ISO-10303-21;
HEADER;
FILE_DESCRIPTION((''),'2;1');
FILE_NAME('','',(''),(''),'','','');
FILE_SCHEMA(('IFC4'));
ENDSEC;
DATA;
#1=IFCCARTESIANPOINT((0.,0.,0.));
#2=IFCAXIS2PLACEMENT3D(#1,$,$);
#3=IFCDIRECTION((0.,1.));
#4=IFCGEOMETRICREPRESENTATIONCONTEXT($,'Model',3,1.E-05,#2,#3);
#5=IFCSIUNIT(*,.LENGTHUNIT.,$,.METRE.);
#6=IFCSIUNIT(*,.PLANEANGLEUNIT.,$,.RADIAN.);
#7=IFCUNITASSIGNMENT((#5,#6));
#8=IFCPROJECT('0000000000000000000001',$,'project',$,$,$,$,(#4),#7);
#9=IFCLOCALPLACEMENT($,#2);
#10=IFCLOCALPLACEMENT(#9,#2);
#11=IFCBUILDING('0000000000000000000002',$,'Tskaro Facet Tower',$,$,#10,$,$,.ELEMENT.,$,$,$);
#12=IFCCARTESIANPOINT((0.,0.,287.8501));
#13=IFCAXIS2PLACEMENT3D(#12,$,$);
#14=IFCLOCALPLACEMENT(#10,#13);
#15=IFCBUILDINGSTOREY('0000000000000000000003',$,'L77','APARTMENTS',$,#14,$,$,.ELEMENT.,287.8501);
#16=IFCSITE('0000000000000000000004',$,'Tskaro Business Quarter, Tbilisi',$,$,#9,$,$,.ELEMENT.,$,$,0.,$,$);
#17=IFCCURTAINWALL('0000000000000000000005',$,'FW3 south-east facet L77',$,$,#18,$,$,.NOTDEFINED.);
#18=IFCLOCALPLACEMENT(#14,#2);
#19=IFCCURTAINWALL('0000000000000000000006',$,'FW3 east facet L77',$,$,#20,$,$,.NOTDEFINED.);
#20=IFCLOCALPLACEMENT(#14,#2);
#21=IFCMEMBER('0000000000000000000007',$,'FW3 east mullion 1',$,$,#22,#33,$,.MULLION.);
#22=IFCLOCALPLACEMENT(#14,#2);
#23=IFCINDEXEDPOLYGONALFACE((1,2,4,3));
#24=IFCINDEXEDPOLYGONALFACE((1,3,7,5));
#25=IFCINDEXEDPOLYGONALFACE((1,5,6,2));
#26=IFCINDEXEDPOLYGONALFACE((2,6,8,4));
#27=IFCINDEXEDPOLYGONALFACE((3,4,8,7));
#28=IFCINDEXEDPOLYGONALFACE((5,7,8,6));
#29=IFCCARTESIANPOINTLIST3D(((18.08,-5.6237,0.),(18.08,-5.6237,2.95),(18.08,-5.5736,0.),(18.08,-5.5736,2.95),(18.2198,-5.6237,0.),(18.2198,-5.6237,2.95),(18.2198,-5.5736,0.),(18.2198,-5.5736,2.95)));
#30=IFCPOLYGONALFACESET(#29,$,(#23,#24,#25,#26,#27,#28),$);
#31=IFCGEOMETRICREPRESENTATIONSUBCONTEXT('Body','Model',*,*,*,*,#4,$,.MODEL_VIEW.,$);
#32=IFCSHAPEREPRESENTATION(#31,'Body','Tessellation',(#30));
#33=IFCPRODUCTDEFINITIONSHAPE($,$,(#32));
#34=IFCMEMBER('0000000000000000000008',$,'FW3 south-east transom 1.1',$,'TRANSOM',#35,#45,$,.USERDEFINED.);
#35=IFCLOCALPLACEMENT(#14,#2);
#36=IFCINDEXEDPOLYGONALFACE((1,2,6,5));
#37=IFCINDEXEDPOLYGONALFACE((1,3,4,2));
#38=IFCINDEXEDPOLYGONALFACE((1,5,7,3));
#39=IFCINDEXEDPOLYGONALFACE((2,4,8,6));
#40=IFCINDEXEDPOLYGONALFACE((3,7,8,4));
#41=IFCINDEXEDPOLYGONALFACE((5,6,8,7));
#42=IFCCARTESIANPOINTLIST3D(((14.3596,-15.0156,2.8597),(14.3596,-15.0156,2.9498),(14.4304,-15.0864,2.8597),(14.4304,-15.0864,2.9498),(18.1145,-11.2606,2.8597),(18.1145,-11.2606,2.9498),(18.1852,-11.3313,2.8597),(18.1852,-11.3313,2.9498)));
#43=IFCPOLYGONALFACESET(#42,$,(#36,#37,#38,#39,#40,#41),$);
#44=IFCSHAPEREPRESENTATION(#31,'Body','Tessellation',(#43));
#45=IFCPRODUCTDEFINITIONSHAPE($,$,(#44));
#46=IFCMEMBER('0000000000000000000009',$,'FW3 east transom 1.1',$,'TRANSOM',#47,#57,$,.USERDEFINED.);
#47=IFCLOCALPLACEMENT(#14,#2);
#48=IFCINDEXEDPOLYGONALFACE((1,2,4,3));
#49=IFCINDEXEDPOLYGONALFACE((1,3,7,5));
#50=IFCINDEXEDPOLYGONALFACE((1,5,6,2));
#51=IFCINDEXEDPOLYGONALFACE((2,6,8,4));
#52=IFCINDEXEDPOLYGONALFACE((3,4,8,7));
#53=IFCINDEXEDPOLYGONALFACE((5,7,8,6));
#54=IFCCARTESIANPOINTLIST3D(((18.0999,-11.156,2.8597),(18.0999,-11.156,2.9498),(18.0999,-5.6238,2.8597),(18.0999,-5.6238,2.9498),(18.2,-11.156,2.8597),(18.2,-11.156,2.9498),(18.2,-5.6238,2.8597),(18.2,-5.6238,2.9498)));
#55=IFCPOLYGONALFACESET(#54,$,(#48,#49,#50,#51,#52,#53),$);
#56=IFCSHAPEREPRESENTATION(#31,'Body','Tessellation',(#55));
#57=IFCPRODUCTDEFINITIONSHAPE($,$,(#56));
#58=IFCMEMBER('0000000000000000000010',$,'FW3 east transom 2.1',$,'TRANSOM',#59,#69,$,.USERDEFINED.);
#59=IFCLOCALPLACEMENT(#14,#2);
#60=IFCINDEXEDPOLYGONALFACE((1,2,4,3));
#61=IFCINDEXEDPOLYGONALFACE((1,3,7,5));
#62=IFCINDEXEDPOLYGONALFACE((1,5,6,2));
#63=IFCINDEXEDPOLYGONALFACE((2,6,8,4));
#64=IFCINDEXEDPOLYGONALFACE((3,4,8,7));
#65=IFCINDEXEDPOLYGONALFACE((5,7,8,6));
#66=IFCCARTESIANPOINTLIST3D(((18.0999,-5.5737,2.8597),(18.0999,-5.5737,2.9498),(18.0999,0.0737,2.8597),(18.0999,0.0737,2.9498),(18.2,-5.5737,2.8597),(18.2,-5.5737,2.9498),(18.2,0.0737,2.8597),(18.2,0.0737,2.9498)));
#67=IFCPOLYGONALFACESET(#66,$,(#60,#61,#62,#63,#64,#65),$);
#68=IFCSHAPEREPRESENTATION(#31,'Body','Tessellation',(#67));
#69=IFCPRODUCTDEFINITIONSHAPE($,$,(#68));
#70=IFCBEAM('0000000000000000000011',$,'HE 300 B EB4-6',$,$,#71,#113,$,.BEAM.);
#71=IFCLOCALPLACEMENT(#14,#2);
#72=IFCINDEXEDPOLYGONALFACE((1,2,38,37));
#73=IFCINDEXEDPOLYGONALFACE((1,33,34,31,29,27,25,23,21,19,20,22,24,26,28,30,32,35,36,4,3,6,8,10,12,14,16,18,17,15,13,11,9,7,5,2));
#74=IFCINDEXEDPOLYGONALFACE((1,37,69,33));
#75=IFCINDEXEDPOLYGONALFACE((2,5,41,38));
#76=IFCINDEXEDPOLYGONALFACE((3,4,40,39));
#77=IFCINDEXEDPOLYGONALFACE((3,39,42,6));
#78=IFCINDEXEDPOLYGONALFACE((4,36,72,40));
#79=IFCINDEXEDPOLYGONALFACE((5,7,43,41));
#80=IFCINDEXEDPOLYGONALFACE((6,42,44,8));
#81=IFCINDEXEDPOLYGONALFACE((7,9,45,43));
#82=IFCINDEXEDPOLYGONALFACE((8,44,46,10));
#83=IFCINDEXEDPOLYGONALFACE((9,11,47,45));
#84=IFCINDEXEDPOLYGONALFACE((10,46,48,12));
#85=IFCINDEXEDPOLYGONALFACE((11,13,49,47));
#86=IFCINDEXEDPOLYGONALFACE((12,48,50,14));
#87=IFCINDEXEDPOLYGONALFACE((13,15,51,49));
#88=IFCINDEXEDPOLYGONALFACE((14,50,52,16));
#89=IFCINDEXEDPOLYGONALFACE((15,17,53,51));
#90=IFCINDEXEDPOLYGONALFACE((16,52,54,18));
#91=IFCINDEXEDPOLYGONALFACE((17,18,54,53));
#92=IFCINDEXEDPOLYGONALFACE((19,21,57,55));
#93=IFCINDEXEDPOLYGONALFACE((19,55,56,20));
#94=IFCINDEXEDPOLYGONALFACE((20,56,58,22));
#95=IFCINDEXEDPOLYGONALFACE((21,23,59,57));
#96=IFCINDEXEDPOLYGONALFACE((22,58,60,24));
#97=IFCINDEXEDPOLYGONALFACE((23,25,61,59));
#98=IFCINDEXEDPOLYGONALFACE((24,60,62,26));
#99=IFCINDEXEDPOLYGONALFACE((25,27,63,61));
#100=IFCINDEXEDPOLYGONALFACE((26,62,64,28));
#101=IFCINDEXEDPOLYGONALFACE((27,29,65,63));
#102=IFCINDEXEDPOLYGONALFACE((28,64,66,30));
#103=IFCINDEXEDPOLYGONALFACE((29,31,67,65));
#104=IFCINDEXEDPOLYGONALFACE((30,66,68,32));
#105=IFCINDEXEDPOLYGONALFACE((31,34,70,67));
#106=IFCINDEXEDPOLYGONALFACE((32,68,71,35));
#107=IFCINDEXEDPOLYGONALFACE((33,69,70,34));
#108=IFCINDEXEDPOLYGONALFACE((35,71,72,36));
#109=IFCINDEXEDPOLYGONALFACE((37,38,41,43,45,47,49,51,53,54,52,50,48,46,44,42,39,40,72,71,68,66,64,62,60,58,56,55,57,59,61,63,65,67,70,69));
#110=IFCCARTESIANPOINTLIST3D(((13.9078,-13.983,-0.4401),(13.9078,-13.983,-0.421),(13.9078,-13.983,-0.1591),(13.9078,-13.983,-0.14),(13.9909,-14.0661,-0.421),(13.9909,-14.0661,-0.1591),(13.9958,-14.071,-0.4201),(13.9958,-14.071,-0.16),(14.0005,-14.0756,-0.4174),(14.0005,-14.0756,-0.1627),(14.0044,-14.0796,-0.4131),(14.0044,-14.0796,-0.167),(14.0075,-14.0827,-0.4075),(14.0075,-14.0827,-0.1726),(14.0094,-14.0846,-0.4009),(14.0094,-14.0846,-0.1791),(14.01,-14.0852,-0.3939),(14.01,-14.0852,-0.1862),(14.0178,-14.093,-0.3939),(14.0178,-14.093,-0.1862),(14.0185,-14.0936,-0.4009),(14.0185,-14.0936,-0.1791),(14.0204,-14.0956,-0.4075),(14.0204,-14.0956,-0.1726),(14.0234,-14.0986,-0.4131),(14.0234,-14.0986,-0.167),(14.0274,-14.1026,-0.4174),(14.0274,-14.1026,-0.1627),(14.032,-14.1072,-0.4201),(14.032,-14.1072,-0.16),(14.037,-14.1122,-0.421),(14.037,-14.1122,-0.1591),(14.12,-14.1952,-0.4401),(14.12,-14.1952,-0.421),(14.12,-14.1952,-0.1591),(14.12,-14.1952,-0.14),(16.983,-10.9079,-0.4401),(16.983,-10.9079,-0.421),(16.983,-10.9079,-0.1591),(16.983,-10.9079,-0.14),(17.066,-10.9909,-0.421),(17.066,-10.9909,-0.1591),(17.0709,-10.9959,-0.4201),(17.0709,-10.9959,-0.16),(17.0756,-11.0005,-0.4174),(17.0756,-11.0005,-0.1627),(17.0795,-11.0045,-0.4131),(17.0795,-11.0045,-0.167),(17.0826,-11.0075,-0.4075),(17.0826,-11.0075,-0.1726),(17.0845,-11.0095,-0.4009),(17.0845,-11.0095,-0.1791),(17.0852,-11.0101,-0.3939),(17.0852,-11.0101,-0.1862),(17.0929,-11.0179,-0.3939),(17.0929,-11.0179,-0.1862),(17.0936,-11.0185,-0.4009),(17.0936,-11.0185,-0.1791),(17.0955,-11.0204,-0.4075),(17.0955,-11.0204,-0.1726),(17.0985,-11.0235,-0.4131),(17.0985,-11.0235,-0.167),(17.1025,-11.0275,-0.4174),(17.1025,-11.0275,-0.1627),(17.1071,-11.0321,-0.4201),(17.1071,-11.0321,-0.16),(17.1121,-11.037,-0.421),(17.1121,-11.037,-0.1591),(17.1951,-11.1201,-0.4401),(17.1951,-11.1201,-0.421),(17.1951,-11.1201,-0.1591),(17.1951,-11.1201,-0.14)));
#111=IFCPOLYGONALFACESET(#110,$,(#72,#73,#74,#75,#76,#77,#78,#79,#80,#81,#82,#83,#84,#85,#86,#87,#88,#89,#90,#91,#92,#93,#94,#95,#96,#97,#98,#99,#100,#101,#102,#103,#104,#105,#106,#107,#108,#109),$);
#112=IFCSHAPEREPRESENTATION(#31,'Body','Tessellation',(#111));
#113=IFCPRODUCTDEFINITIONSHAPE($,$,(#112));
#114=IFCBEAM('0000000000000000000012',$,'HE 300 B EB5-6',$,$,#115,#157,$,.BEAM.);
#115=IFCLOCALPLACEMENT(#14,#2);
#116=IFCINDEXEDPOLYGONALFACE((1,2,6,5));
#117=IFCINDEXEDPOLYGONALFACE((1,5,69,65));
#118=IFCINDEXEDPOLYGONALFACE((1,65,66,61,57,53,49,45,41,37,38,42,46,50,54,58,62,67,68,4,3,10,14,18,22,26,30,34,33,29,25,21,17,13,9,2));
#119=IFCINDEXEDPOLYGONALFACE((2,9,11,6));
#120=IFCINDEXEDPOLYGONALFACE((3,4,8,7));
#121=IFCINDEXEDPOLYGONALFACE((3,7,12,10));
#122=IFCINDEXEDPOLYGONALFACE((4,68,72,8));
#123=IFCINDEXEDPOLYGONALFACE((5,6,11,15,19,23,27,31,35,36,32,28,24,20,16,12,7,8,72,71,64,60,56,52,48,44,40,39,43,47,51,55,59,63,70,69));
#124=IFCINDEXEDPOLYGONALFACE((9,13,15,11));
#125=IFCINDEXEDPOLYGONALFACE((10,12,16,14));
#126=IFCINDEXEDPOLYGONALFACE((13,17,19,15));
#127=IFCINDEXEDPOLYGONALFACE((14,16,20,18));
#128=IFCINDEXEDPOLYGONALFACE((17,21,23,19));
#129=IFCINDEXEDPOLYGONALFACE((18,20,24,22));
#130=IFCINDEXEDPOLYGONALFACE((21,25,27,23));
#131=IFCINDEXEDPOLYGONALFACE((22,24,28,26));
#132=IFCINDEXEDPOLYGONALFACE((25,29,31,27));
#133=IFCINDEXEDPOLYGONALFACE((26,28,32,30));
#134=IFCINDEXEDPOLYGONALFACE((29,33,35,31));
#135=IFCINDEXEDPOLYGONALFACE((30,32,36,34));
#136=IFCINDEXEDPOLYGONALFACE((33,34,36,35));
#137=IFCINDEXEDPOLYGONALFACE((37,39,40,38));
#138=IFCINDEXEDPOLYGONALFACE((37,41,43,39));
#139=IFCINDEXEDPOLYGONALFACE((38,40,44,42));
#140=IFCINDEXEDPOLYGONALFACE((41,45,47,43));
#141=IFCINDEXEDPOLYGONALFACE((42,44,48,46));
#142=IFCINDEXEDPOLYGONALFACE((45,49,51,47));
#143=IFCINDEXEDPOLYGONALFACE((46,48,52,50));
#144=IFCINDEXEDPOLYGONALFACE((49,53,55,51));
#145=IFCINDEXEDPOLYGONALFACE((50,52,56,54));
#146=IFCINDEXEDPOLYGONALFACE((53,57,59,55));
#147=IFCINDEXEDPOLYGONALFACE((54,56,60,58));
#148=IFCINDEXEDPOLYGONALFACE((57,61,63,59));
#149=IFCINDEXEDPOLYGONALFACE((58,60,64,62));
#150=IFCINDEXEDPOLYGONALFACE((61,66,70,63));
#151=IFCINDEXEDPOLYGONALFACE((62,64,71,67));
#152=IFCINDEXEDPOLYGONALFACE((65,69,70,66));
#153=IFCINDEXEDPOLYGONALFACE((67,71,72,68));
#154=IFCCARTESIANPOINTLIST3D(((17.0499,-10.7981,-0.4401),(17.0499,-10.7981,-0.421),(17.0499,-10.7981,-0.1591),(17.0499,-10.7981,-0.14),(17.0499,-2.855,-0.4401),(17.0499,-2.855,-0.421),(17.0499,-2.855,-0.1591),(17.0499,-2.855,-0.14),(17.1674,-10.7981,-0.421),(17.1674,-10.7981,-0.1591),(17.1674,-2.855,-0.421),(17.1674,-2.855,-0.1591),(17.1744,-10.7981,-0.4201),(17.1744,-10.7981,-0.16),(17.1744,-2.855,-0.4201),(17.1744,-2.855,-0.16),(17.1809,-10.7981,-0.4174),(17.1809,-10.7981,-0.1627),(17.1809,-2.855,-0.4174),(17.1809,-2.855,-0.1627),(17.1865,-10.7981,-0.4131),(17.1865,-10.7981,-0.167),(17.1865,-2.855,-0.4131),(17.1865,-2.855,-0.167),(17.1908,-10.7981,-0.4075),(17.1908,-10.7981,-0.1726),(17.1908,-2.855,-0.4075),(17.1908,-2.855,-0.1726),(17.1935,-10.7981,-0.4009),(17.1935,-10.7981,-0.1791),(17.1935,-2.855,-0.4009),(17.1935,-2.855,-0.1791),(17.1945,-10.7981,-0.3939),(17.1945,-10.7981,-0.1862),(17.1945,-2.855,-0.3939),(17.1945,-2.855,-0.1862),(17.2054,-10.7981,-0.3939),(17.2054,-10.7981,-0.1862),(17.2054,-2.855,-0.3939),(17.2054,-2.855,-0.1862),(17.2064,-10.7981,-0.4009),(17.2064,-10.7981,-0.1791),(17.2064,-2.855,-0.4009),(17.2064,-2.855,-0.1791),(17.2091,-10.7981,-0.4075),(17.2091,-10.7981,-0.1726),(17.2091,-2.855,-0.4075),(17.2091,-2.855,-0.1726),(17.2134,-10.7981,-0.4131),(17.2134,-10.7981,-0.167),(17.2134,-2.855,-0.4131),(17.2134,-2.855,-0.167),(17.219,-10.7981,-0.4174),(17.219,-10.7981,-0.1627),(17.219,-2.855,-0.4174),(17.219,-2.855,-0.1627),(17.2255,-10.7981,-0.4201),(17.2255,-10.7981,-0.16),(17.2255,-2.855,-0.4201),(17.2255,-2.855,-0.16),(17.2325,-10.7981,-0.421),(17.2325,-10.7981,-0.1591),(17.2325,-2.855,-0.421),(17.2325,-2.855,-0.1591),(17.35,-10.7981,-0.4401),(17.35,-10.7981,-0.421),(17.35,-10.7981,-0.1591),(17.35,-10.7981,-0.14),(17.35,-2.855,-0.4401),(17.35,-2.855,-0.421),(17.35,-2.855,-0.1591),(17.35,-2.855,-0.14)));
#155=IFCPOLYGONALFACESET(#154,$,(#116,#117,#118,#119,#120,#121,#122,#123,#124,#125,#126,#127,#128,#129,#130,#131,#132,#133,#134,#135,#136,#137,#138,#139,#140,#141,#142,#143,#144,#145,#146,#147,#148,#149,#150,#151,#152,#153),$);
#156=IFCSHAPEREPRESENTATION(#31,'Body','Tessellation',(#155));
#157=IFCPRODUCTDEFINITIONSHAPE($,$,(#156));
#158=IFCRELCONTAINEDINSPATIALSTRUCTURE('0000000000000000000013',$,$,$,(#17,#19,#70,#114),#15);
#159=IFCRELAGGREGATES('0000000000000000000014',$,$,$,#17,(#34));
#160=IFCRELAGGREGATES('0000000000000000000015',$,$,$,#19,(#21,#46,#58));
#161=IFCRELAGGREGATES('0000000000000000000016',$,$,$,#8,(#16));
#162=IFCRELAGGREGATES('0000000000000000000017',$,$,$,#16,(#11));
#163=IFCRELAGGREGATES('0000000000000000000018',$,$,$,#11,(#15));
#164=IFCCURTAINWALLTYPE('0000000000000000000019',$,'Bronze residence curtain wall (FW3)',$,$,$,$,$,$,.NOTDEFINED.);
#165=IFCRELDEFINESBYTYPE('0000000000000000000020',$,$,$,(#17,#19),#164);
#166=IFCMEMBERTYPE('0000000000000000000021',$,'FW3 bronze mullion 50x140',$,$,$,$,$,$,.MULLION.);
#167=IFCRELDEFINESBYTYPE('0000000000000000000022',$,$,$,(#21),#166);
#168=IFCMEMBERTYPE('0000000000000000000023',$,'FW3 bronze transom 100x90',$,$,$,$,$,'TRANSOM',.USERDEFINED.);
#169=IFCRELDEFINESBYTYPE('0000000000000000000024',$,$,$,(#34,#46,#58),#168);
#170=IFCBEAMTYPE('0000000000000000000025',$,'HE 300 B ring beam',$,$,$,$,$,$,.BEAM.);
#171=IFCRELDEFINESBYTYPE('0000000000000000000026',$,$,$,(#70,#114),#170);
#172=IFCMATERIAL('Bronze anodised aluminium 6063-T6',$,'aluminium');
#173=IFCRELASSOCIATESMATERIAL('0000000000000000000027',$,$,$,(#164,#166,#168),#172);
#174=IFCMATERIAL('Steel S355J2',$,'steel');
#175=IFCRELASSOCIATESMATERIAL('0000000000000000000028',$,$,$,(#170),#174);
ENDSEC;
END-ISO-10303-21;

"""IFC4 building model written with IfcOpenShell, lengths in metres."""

from ifc_helpers import new_model, si_unit, direction, frame, origin, origin_2d, place, context, subcontext, project, spatial, rectangle, i_section, extrude, material, material_profile, profile_set, type_object, element, aggregate, save


model = new_model("IFC4")

# Units and contexts
model_context = context("Model", 3, precision=1e-05, world=origin(), true_north=direction((0.0, 1.0)))
body_context = subcontext(model_context, "Body", "Model", "MODEL_VIEW")
ifc_project = project(units=[si_unit("LENGTHUNIT", "METRE"), si_unit("PLANEANGLEUNIT", "RADIAN")], contexts=[model_context])

# Site, building, storey
site_placement = place(None, origin())
site = spatial("IfcSite", under=ifc_project, at=site_placement, Name="Tskaro Business Quarter, Tbilisi", CompositionType="ELEMENT", RefElevation=0.0)
building_placement = place(site_placement, origin())
building = spatial("IfcBuilding", under=site, at=building_placement, Name="Tskaro Facet Tower", CompositionType="ELEMENT")
storey_placement = place(building_placement, frame((0.0, 0.0, 287.8501)))
storey = spatial("IfcBuildingStorey", under=building, at=storey_placement, Name="L77", Description="APARTMENTS", CompositionType="ELEMENT", Elevation=287.8501)

# Shared definitions
ifc_material_1 = material(Name="Steel S355J2", Category="steel")

# Curtain wall
ifc_material_2 = material(Name="Bronze anodised aluminium 6063-T6", Category="aluminium")
curtain_wall_type = type_object("IfcCurtainWallType", Name="Bronze residence curtain wall (FW3)", PredefinedType="NOTDEFINED", material=ifc_material_2)
curtain_wall_1_placement = place(storey_placement, origin())
curtain_wall_1 = element("IfcCurtainWall", 1, at=curtain_wall_1_placement, inside=storey, type_object=curtain_wall_type, Name="FW3 south-east facet L77", PredefinedType="NOTDEFINED")

# Curtain wall, member
curtain_wall_2_placement = place(storey_placement, origin())
curtain_wall_2 = element("IfcCurtainWall", 2, at=curtain_wall_2_placement, inside=storey, type_object=curtain_wall_type, Name="FW3 east facet L77", PredefinedType="NOTDEFINED")
ifc_material_profile_1 = material_profile(ifc_material_2, rectangle(XDim=0.05, YDim=0.1399, at=origin_2d()), Name="Mullion 50x140")
ifc_profile_set_1 = profile_set([ifc_material_profile_1], Name="Bronze anodised aluminium 6063-T6")
member_type_1 = type_object("IfcMemberType", Name="FW3 bronze mullion 50x140", PredefinedType="MULLION", material=ifc_profile_set_1)
member_1_placement = place(storey_placement, frame((18.1499, -5.5986, 0.0), z_axis=(0.0, 0.0, 1.0), x_axis=(0.0, 1.0, 0.0)))
member_1 = element("IfcMember", 3, at=member_1_placement, type_object=member_type_1, Name="FW3 east mullion 1", PredefinedType="MULLION", context=body_context, shape_type="SweptSolid", body=[
    extrude(rectangle(XDim=0.05, YDim=0.1399, at=origin_2d()), origin(), (0.0, 0.0, 1.0), 2.95),
])

# Members
ifc_material_profile_2 = material_profile(ifc_material_2, rectangle(XDim=0.1001, YDim=0.0901, at=origin_2d()), Name="Transom 100x90")
ifc_profile_set_2 = profile_set([ifc_material_profile_2], Name="Bronze anodised aluminium 6063-T6")
member_type_2 = type_object("IfcMemberType", Name="FW3 bronze transom 100x90", ElementType="TRANSOM", PredefinedType="USERDEFINED", material=ifc_profile_set_2)
member_2_placement = place(storey_placement, frame((14.395, -15.051, 2.9048), z_axis=(0.707084, 0.70713, 0.0), x_axis=(-0.70713, 0.707084, 0.0)))
member_2 = element("IfcMember", 4, at=member_2_placement, type_object=member_type_2, Name="FW3 south-east transom 1.1", ObjectType="TRANSOM", PredefinedType="USERDEFINED", context=body_context, shape_type="SweptSolid", body=[
    extrude(rectangle(XDim=0.1001, YDim=0.0901, at=origin_2d()), origin(), (0.0, 0.0, 1.0), 5.3103),
])
member_3_placement = place(storey_placement, frame((18.1499, -11.156, 2.9048), z_axis=(0.0, 1.0, 0.0), x_axis=(-1.0, 0.0, 0.0)))
member_3 = element("IfcMember", 5, at=member_3_placement, type_object=member_type_2, Name="FW3 east transom 1.1", ObjectType="TRANSOM", PredefinedType="USERDEFINED", context=body_context, shape_type="SweptSolid", body=[
    extrude(rectangle(XDim=0.1001, YDim=0.0901, at=origin_2d()), origin(), (0.0, 0.0, 1.0), 5.5322),
])
member_4_placement = place(storey_placement, frame((18.1499, -5.5737, 2.9048), z_axis=(0.0, 1.0, 0.0), x_axis=(-1.0, 0.0, 0.0)))
member_4 = element("IfcMember", 6, at=member_4_placement, type_object=member_type_2, Name="FW3 east transom 2.1", ObjectType="TRANSOM", PredefinedType="USERDEFINED", context=body_context, shape_type="SweptSolid", body=[
    extrude(rectangle(XDim=0.1001, YDim=0.0901, at=origin_2d()), origin(), (0.0, 0.0, 1.0), 5.6475),
])

# Beams
ifc_material_profile_3 = material_profile(ifc_material_1, i_section(OverallWidth=0.3, OverallDepth=0.3, WebThickness=0.011, FlangeThickness=0.019, FilletRadius=0.0271, at=origin_2d()), Name="HE 300 B")
ifc_profile_set_3 = profile_set([ifc_material_profile_3], Name="Steel S355J2")
beam_type_1 = type_object("IfcBeamType", Name="HE 300 B ring beam", PredefinedType="BEAM", material=ifc_profile_set_3)
beam_1_placement = place(storey_placement, frame((14.0139, -14.0891, -0.29), z_axis=(0.707107, 0.707107, 0.0), x_axis=(-0.707107, 0.707107, 0.0)))
element("IfcBeam", 7, at=beam_1_placement, inside=storey, type_object=beam_type_1, Name="HE 300 B EB4-6", PredefinedType="BEAM", context=body_context, shape_type="SweptSolid", body=[
    extrude(i_section(OverallWidth=0.3, OverallDepth=0.3, WebThickness=0.011, FlangeThickness=0.019, FilletRadius=0.0271, at=origin_2d()), origin(), (0.0, 0.0, 1.0), 4.3489),
])
beam_2_placement = place(storey_placement, frame((17.2, -10.7981, -0.29), z_axis=(0.0, 1.0, 0.0), x_axis=(-1.0, 0.0, 0.0)))
element("IfcBeam", 8, at=beam_2_placement, inside=storey, type_object=beam_type_1, Name="HE 300 B EB5-6", PredefinedType="BEAM", context=body_context, shape_type="SweptSolid", body=[
    extrude(i_section(OverallWidth=0.3, OverallDepth=0.3, WebThickness=0.011, FlangeThickness=0.019, FilletRadius=0.0271, at=origin_2d()), origin(), (0.0, 0.0, 1.0), 7.9431),
])

aggregate(curtain_wall_1, [member_2])
aggregate(curtain_wall_2, [member_1, member_3, member_4])

save(model, "model.ifc")
